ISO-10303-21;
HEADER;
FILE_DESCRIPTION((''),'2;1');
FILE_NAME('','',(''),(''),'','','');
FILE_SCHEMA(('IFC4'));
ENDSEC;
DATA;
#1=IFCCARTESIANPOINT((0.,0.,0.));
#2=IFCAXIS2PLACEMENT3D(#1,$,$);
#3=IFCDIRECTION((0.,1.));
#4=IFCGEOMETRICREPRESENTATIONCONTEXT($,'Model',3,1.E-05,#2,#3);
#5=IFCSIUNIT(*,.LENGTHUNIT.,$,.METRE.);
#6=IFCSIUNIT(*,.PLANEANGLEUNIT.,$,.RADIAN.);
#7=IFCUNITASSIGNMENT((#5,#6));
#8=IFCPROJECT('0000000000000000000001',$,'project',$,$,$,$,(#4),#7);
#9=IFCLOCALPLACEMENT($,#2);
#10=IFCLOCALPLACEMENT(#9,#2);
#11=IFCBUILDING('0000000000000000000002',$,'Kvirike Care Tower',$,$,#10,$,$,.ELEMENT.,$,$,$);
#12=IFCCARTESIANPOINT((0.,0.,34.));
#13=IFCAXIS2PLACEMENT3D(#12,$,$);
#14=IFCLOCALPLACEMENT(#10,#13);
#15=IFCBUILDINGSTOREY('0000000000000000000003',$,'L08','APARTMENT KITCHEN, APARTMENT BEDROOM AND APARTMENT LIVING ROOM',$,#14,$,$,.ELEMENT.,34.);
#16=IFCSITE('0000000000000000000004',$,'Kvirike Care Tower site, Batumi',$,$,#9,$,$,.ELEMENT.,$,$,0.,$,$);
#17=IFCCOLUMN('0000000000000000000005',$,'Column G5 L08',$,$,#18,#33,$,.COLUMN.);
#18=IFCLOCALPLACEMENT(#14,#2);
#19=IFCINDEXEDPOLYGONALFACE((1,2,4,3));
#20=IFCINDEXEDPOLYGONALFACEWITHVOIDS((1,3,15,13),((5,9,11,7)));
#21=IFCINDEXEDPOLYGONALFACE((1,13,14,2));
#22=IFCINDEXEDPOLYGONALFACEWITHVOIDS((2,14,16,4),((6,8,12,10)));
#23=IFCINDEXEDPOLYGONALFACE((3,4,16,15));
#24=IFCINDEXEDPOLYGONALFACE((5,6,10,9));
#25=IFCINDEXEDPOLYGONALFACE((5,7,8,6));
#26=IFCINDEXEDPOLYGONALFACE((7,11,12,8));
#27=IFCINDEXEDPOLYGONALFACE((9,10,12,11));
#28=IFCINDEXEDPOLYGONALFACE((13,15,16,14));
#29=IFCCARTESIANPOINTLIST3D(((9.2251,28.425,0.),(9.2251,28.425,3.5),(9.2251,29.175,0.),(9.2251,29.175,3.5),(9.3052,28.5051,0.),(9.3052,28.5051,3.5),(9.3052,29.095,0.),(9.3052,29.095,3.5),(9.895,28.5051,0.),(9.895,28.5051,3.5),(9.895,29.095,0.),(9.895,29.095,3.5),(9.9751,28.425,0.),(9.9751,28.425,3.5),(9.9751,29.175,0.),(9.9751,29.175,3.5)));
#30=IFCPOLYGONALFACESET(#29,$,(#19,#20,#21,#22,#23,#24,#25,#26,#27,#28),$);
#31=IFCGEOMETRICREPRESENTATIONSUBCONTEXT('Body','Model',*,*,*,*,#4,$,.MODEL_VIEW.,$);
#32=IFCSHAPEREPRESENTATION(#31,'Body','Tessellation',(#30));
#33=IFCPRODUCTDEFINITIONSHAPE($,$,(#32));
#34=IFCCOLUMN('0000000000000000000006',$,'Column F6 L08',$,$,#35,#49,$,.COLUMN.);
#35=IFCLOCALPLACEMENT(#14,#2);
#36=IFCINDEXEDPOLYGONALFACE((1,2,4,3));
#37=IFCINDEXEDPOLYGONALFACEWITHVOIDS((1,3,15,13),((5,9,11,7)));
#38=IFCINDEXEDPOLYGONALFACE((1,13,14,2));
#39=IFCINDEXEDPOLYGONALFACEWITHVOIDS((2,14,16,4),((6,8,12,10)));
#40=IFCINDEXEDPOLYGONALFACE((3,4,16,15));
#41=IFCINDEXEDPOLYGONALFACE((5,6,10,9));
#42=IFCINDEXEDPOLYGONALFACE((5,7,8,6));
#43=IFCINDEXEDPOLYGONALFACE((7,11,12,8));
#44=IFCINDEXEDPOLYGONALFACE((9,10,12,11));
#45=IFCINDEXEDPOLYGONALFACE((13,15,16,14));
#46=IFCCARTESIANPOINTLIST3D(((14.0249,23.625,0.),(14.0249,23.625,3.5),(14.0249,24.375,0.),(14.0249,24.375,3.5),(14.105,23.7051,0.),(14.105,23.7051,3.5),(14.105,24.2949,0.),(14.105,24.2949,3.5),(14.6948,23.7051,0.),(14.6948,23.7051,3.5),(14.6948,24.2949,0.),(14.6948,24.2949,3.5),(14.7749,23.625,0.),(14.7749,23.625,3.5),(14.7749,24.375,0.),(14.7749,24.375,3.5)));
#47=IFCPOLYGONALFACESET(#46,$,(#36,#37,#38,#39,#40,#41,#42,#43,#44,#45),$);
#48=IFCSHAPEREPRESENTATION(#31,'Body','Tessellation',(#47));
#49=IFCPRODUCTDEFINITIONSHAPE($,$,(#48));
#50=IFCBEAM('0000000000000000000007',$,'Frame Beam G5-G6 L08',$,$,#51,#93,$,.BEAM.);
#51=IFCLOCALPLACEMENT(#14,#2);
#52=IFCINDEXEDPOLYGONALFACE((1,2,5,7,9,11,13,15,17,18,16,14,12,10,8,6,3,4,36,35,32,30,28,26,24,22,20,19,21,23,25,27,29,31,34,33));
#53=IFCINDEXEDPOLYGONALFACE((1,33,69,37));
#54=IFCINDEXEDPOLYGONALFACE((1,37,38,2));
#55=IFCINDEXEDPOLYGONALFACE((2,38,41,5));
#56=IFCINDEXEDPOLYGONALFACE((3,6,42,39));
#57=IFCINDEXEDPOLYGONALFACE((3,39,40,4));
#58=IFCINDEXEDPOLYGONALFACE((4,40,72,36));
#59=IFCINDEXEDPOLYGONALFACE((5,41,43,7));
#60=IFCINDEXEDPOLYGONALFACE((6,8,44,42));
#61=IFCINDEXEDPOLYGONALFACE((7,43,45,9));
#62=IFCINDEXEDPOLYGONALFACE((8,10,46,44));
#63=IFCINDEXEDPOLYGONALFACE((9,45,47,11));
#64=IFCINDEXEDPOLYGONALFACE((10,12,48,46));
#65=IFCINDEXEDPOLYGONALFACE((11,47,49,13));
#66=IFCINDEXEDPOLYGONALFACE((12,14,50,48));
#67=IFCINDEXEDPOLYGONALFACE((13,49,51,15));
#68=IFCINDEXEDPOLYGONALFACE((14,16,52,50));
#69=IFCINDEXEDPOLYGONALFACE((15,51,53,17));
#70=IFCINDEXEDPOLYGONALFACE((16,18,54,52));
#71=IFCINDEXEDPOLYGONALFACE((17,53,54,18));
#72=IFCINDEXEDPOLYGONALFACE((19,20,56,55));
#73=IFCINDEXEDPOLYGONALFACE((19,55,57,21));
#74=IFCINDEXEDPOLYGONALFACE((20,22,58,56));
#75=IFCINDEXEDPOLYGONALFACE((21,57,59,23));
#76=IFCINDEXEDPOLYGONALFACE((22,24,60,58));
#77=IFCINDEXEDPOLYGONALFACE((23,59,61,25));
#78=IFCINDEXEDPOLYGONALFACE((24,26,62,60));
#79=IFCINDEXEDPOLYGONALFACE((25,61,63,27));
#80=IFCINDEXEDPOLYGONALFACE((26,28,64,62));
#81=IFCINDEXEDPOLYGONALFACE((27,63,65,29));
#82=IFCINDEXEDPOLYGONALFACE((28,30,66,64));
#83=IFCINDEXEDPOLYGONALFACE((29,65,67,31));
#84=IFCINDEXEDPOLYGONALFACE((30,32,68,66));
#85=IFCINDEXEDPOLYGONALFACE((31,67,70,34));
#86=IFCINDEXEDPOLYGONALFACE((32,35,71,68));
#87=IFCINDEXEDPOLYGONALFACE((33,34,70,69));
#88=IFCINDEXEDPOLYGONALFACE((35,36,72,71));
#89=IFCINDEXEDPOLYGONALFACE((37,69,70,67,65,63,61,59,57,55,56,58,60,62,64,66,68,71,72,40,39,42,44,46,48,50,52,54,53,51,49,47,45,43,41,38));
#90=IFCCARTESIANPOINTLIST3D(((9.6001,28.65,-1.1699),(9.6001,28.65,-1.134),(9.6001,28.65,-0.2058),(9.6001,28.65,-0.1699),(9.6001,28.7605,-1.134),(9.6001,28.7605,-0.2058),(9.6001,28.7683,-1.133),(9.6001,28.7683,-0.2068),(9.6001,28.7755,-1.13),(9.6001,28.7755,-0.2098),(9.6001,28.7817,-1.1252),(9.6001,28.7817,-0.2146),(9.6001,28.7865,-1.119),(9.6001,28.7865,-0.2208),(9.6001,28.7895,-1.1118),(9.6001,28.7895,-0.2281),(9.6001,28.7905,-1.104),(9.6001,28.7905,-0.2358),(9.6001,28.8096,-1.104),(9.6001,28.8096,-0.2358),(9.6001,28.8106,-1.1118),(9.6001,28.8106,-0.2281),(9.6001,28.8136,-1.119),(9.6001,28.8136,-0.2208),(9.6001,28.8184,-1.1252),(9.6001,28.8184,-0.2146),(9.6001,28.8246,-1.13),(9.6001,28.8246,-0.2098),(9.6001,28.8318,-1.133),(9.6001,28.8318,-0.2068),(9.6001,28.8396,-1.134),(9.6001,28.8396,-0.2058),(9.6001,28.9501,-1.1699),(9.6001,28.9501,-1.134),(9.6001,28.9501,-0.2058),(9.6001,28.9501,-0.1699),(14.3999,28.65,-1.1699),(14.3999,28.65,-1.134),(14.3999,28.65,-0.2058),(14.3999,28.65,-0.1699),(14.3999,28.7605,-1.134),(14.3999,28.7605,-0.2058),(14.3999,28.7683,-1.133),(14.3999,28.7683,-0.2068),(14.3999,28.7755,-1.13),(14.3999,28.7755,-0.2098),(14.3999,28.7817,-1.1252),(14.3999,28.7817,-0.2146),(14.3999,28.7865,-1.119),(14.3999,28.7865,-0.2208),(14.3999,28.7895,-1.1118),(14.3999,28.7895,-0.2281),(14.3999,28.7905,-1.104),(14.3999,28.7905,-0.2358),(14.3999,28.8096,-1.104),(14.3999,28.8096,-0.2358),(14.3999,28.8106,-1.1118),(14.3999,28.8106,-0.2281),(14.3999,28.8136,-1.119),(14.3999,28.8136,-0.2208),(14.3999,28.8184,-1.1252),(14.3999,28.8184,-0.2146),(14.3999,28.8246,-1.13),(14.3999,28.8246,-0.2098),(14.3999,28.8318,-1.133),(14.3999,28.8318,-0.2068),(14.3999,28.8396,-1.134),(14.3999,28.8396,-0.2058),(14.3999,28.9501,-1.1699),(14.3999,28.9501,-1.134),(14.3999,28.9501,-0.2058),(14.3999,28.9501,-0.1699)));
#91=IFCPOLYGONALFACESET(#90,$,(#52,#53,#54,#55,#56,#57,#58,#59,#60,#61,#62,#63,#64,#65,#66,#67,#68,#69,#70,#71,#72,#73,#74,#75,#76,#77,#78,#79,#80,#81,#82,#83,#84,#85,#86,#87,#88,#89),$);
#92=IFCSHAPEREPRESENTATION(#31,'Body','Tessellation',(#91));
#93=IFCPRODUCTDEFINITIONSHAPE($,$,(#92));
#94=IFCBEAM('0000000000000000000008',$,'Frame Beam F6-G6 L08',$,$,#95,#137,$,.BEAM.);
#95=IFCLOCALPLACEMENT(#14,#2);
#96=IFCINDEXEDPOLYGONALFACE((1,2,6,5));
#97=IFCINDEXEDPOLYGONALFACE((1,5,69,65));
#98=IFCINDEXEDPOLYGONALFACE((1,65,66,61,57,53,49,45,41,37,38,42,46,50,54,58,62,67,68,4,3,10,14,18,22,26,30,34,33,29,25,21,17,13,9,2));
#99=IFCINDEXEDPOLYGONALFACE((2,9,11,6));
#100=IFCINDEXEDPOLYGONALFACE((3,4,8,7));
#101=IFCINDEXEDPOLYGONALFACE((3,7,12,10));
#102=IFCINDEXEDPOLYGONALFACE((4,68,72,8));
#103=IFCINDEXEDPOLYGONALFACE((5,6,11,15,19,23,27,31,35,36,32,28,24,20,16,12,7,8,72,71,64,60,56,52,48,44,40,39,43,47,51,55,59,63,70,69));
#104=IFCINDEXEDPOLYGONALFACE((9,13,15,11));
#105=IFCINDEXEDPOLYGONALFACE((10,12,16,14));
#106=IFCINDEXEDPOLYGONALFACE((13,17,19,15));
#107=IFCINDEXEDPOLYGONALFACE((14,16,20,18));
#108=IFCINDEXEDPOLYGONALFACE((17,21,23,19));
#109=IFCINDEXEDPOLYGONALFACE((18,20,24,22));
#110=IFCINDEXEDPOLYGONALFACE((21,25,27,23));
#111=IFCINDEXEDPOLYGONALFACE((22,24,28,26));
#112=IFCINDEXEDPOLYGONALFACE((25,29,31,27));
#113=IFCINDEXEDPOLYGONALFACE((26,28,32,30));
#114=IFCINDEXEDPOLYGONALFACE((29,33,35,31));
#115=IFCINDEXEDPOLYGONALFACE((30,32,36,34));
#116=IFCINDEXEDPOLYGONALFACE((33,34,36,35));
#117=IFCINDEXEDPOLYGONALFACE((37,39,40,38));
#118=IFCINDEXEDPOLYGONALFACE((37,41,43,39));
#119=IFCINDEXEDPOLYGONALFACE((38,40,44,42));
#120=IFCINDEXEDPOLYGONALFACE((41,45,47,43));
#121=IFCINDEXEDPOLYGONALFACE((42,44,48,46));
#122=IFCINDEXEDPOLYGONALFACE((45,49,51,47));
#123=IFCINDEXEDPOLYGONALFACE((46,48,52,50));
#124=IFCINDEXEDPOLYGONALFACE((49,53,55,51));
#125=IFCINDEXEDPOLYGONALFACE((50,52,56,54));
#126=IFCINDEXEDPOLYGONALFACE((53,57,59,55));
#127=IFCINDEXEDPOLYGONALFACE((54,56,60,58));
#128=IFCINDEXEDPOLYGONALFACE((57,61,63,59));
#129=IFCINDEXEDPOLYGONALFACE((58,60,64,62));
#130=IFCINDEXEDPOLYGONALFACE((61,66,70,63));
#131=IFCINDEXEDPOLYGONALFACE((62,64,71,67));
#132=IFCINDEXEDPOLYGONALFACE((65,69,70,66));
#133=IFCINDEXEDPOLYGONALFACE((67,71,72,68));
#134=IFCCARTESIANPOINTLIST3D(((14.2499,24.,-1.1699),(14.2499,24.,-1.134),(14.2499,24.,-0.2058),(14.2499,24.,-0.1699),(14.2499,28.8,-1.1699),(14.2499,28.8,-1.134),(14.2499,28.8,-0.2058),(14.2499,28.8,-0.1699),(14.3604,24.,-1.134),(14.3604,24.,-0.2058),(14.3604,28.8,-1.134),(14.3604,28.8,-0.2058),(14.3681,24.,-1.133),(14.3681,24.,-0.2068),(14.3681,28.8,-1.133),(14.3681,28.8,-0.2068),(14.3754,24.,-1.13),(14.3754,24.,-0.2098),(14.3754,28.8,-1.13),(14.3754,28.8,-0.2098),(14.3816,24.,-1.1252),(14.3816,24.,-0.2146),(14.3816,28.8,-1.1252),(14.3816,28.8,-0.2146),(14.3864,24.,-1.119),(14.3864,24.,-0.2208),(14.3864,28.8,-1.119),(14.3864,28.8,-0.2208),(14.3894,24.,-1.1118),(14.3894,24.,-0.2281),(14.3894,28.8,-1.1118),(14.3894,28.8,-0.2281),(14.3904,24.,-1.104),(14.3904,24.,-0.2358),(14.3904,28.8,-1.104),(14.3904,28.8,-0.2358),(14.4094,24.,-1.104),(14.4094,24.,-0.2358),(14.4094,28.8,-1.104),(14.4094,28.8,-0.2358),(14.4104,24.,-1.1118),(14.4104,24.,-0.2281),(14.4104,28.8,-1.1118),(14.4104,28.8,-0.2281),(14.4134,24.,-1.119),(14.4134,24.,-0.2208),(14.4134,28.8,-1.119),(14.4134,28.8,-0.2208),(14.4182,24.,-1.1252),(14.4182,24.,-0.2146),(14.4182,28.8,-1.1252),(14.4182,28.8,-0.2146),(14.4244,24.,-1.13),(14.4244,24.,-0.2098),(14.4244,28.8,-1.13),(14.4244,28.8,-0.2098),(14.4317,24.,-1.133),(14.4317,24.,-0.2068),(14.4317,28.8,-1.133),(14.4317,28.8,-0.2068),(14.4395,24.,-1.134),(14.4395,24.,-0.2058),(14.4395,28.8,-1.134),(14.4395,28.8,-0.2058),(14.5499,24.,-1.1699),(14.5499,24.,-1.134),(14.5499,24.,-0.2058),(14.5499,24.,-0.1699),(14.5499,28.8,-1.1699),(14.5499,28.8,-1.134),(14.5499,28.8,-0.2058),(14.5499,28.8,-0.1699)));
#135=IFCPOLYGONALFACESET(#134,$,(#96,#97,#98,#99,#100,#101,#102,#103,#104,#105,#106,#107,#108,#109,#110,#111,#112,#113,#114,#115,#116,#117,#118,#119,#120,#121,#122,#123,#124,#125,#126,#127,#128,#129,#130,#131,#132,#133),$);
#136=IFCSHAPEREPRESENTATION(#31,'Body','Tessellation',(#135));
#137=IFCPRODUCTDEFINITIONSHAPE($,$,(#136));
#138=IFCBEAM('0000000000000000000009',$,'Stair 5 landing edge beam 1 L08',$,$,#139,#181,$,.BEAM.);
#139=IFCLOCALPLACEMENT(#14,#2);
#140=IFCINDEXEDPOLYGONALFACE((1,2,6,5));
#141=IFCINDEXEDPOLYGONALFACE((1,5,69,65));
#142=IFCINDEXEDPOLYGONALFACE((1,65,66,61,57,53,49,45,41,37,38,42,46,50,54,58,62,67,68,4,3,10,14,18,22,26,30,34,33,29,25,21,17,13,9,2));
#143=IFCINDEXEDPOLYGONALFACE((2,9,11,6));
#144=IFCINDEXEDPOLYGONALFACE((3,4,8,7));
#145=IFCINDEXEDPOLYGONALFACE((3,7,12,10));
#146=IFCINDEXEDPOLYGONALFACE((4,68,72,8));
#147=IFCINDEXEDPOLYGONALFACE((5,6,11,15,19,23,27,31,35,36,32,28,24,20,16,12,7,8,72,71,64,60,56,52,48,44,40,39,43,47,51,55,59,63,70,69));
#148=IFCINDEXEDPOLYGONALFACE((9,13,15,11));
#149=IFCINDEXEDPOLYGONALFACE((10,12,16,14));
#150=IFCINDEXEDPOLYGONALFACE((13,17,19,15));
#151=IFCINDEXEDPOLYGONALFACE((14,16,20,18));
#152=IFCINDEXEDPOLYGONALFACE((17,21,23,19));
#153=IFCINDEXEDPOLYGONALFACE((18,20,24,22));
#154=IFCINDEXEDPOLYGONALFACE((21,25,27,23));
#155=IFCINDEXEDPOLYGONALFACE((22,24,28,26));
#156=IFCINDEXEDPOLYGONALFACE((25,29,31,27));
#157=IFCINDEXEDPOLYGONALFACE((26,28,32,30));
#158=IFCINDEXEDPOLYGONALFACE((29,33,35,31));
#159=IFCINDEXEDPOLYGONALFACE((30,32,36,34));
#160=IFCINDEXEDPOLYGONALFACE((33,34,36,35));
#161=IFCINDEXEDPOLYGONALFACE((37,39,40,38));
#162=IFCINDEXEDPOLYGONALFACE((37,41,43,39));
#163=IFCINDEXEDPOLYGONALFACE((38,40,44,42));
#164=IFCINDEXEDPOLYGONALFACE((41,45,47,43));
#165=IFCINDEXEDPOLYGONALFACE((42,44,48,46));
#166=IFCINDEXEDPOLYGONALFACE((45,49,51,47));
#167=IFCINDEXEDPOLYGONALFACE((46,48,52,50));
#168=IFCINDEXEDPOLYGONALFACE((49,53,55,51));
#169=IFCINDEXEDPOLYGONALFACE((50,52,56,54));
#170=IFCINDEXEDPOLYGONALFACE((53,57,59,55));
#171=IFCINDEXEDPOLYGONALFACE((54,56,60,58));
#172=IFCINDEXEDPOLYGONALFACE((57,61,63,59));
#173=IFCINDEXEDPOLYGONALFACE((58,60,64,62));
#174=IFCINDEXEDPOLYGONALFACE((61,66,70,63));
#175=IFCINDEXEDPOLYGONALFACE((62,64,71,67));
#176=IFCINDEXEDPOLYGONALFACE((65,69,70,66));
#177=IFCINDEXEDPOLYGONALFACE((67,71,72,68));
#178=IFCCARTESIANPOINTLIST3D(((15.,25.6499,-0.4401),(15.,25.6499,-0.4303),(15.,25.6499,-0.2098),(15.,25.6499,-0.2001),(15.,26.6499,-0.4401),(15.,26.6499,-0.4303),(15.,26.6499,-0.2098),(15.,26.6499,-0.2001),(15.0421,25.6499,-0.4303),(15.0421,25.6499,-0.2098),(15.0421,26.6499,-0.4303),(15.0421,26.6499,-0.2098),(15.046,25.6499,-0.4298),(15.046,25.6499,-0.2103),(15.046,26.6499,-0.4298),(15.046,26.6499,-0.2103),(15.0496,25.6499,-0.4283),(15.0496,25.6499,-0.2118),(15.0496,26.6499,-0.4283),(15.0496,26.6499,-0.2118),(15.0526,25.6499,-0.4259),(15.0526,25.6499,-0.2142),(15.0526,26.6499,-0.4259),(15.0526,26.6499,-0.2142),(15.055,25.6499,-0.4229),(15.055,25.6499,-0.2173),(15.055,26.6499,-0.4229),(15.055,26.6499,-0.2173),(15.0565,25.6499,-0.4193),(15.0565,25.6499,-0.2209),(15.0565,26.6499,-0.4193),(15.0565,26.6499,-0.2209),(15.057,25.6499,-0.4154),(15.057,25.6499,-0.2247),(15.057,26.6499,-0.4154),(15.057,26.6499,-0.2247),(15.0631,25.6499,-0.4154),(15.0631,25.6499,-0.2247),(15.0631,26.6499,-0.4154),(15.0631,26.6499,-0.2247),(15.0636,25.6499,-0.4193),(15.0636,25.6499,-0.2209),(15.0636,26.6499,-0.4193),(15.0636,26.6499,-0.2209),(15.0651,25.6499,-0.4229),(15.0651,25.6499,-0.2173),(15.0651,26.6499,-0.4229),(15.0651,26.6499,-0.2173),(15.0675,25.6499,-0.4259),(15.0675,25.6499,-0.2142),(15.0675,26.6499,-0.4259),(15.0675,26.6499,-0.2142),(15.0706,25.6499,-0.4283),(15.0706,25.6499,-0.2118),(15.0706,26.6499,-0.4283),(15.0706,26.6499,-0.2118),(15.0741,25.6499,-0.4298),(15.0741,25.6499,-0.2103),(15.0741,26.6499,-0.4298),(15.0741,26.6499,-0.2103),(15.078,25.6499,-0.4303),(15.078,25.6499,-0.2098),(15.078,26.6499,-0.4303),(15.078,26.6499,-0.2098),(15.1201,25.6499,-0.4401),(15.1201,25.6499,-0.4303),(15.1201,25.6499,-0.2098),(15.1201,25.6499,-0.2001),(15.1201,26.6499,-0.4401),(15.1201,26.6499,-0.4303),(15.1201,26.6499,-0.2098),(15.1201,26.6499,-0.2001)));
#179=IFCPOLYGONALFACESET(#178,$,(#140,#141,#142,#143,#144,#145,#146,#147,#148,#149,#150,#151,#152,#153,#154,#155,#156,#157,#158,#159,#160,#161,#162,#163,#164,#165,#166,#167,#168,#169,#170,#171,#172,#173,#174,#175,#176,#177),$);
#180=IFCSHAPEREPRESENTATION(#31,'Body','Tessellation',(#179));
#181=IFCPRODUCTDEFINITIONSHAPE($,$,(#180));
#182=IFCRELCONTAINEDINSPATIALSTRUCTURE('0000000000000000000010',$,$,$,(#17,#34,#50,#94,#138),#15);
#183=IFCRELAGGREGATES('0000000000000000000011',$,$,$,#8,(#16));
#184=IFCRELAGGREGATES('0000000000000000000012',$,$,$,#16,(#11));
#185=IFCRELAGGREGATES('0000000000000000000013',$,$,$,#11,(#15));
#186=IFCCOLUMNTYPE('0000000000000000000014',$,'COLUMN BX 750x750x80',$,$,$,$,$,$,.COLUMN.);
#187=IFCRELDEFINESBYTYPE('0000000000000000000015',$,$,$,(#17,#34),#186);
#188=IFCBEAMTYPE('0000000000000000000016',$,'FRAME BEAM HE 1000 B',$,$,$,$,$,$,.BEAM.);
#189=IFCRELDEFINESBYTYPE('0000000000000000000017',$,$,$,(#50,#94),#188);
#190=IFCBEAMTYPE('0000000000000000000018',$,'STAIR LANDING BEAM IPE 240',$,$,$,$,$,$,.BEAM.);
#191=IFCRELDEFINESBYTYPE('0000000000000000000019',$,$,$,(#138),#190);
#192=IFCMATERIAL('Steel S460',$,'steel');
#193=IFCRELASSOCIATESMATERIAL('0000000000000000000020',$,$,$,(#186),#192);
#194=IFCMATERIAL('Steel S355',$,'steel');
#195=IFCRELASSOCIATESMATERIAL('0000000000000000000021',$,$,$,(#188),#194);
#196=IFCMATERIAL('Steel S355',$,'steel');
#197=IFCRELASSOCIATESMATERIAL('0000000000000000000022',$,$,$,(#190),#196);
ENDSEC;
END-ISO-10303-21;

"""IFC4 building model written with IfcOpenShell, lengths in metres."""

from ifc_helpers import new_model, si_unit, direction, frame, origin, origin_2d, place, context, subcontext, project, spatial, hollow_rectangle, i_section, extrude, material, material_profile, profile_set, type_object, element, save


model = new_model("IFC4")

# Units and contexts
model_context = context("Model", 3, precision=1e-05, world=origin(), true_north=direction((0.0, 1.0)))
body_context = subcontext(model_context, "Body", "Model", "MODEL_VIEW")
ifc_project = project(units=[si_unit("LENGTHUNIT", "METRE"), si_unit("PLANEANGLEUNIT", "RADIAN")], contexts=[model_context])

# Site, building, storey
site_placement = place(None, origin())
site = spatial("IfcSite", under=ifc_project, at=site_placement, Name="Kvirike Care Tower site, Batumi", CompositionType="ELEMENT", RefElevation=0.0)
building_placement = place(site_placement, origin())
building = spatial("IfcBuilding", under=site, at=building_placement, Name="Kvirike Care Tower", CompositionType="ELEMENT")
storey_placement = place(building_placement, frame((0.0, 0.0, 34.0)))
storey = spatial("IfcBuildingStorey", under=building, at=storey_placement, Name="L08", Description="APARTMENT KITCHEN, APARTMENT BEDROOM AND APARTMENT LIVING ROOM", CompositionType="ELEMENT", Elevation=34.0)

# Columns
ifc_material_1 = material(Name="Steel S460", Category="steel")
ifc_material_profile_1 = material_profile(ifc_material_1, hollow_rectangle(XDim=0.75, YDim=0.75, WallThickness=0.0801, at=origin_2d()), Name="BX 750x750x80")
ifc_profile_set_1 = profile_set([ifc_material_profile_1], Name="Steel S460")
column_type = type_object("IfcColumnType", Name="COLUMN BX 750x750x80", PredefinedType="COLUMN", material=ifc_profile_set_1)
for number, where, z_axis, x_axis, name in (
    (1, (9.6001, 28.8, 0.0), (0.0, 0.0, 1.0), (0.0, 1.0, 0.0), "Column G5 L08"),
    (2, (14.3999, 24.0, 0.0), (0.0, 0.0, 1.0), (1.0, 0.0, 0.0), "Column F6 L08"),
):
    element("IfcColumn", number, at=place(storey_placement, frame(where, z_axis=z_axis, x_axis=x_axis)), inside=storey, type_object=column_type, Name=name, PredefinedType="COLUMN", context=body_context, shape_type="SweptSolid", body=[
        extrude(hollow_rectangle(XDim=0.75, YDim=0.75, WallThickness=0.0801, at=origin_2d()), origin(), (0.0, 0.0, 1.0), 3.5),
    ])

# Beams
ifc_material_2 = material(Name="Steel S355", Category="steel")
ifc_material_profile_2 = material_profile(ifc_material_2, i_section(OverallWidth=0.3, OverallDepth=1.0, WebThickness=0.019, FlangeThickness=0.0359, FilletRadius=0.03, at=origin_2d()), Name="HE 1000 B")
ifc_profile_set_2 = profile_set([ifc_material_profile_2], Name="Steel S355")
beam_type_1 = type_object("IfcBeamType", Name="FRAME BEAM HE 1000 B", PredefinedType="BEAM", material=ifc_profile_set_2)
beam_1_placement = place(storey_placement, frame((9.6001, 28.8, -0.6699), z_axis=(1.0, 0.0, 0.0), x_axis=(0.0, 1.0, 0.0)))
element("IfcBeam", 3, at=beam_1_placement, inside=storey, type_object=beam_type_1, Name="Frame Beam G5-G6 L08", PredefinedType="BEAM", context=body_context, shape_type="SweptSolid", body=[
    extrude(i_section(OverallWidth=0.3, OverallDepth=1.0, WebThickness=0.019, FlangeThickness=0.0359, FilletRadius=0.03, at=origin_2d()), origin(), (0.0, 0.0, 1.0), 4.7998),
])
beam_2_placement = place(storey_placement, frame((14.3999, 24.0, -0.6699), z_axis=(0.0, 1.0, 0.0), x_axis=(-1.0, 0.0, 0.0)))
element("IfcBeam", 4, at=beam_2_placement, inside=storey, type_object=beam_type_1, Name="Frame Beam F6-G6 L08", PredefinedType="BEAM", context=body_context, shape_type="SweptSolid", body=[
    extrude(i_section(OverallWidth=0.3, OverallDepth=1.0, WebThickness=0.019, FlangeThickness=0.0359, FilletRadius=0.03, at=origin_2d()), origin(), (0.0, 0.0, 1.0), 4.8),
])
ifc_material_3 = material(Name="Steel S355", Category="steel")
ifc_material_profile_3 = material_profile(ifc_material_3, i_section(OverallWidth=0.1201, OverallDepth=0.24, WebThickness=0.0061, FlangeThickness=0.0098, FilletRadius=0.0149, at=origin_2d()), Name="IPE 240")
ifc_profile_set_3 = profile_set([ifc_material_profile_3], Name="Steel S355")
beam_type_2 = type_object("IfcBeamType", Name="STAIR LANDING BEAM IPE 240", PredefinedType="BEAM", material=ifc_profile_set_3)
for number, where, z_axis, x_axis, name in (
    (5, (15.0601, 25.6499, -0.3201), (0.0, 1.0, 0.0), (-1.0, 0.0, 0.0), "Stair 5 landing edge beam 1 L08"),
):
    element("IfcBeam", number, at=place(storey_placement, frame(where, z_axis=z_axis, x_axis=x_axis)), inside=storey, type_object=beam_type_2, Name=name, PredefinedType="BEAM", context=body_context, shape_type="SweptSolid", body=[
        extrude(i_section(OverallWidth=0.1201, OverallDepth=0.24, WebThickness=0.0061, FlangeThickness=0.0098, FilletRadius=0.0149, at=origin_2d()), origin(), (0.0, 0.0, 1.0), 1.0),
    ])

save(model, "model.ifc")
